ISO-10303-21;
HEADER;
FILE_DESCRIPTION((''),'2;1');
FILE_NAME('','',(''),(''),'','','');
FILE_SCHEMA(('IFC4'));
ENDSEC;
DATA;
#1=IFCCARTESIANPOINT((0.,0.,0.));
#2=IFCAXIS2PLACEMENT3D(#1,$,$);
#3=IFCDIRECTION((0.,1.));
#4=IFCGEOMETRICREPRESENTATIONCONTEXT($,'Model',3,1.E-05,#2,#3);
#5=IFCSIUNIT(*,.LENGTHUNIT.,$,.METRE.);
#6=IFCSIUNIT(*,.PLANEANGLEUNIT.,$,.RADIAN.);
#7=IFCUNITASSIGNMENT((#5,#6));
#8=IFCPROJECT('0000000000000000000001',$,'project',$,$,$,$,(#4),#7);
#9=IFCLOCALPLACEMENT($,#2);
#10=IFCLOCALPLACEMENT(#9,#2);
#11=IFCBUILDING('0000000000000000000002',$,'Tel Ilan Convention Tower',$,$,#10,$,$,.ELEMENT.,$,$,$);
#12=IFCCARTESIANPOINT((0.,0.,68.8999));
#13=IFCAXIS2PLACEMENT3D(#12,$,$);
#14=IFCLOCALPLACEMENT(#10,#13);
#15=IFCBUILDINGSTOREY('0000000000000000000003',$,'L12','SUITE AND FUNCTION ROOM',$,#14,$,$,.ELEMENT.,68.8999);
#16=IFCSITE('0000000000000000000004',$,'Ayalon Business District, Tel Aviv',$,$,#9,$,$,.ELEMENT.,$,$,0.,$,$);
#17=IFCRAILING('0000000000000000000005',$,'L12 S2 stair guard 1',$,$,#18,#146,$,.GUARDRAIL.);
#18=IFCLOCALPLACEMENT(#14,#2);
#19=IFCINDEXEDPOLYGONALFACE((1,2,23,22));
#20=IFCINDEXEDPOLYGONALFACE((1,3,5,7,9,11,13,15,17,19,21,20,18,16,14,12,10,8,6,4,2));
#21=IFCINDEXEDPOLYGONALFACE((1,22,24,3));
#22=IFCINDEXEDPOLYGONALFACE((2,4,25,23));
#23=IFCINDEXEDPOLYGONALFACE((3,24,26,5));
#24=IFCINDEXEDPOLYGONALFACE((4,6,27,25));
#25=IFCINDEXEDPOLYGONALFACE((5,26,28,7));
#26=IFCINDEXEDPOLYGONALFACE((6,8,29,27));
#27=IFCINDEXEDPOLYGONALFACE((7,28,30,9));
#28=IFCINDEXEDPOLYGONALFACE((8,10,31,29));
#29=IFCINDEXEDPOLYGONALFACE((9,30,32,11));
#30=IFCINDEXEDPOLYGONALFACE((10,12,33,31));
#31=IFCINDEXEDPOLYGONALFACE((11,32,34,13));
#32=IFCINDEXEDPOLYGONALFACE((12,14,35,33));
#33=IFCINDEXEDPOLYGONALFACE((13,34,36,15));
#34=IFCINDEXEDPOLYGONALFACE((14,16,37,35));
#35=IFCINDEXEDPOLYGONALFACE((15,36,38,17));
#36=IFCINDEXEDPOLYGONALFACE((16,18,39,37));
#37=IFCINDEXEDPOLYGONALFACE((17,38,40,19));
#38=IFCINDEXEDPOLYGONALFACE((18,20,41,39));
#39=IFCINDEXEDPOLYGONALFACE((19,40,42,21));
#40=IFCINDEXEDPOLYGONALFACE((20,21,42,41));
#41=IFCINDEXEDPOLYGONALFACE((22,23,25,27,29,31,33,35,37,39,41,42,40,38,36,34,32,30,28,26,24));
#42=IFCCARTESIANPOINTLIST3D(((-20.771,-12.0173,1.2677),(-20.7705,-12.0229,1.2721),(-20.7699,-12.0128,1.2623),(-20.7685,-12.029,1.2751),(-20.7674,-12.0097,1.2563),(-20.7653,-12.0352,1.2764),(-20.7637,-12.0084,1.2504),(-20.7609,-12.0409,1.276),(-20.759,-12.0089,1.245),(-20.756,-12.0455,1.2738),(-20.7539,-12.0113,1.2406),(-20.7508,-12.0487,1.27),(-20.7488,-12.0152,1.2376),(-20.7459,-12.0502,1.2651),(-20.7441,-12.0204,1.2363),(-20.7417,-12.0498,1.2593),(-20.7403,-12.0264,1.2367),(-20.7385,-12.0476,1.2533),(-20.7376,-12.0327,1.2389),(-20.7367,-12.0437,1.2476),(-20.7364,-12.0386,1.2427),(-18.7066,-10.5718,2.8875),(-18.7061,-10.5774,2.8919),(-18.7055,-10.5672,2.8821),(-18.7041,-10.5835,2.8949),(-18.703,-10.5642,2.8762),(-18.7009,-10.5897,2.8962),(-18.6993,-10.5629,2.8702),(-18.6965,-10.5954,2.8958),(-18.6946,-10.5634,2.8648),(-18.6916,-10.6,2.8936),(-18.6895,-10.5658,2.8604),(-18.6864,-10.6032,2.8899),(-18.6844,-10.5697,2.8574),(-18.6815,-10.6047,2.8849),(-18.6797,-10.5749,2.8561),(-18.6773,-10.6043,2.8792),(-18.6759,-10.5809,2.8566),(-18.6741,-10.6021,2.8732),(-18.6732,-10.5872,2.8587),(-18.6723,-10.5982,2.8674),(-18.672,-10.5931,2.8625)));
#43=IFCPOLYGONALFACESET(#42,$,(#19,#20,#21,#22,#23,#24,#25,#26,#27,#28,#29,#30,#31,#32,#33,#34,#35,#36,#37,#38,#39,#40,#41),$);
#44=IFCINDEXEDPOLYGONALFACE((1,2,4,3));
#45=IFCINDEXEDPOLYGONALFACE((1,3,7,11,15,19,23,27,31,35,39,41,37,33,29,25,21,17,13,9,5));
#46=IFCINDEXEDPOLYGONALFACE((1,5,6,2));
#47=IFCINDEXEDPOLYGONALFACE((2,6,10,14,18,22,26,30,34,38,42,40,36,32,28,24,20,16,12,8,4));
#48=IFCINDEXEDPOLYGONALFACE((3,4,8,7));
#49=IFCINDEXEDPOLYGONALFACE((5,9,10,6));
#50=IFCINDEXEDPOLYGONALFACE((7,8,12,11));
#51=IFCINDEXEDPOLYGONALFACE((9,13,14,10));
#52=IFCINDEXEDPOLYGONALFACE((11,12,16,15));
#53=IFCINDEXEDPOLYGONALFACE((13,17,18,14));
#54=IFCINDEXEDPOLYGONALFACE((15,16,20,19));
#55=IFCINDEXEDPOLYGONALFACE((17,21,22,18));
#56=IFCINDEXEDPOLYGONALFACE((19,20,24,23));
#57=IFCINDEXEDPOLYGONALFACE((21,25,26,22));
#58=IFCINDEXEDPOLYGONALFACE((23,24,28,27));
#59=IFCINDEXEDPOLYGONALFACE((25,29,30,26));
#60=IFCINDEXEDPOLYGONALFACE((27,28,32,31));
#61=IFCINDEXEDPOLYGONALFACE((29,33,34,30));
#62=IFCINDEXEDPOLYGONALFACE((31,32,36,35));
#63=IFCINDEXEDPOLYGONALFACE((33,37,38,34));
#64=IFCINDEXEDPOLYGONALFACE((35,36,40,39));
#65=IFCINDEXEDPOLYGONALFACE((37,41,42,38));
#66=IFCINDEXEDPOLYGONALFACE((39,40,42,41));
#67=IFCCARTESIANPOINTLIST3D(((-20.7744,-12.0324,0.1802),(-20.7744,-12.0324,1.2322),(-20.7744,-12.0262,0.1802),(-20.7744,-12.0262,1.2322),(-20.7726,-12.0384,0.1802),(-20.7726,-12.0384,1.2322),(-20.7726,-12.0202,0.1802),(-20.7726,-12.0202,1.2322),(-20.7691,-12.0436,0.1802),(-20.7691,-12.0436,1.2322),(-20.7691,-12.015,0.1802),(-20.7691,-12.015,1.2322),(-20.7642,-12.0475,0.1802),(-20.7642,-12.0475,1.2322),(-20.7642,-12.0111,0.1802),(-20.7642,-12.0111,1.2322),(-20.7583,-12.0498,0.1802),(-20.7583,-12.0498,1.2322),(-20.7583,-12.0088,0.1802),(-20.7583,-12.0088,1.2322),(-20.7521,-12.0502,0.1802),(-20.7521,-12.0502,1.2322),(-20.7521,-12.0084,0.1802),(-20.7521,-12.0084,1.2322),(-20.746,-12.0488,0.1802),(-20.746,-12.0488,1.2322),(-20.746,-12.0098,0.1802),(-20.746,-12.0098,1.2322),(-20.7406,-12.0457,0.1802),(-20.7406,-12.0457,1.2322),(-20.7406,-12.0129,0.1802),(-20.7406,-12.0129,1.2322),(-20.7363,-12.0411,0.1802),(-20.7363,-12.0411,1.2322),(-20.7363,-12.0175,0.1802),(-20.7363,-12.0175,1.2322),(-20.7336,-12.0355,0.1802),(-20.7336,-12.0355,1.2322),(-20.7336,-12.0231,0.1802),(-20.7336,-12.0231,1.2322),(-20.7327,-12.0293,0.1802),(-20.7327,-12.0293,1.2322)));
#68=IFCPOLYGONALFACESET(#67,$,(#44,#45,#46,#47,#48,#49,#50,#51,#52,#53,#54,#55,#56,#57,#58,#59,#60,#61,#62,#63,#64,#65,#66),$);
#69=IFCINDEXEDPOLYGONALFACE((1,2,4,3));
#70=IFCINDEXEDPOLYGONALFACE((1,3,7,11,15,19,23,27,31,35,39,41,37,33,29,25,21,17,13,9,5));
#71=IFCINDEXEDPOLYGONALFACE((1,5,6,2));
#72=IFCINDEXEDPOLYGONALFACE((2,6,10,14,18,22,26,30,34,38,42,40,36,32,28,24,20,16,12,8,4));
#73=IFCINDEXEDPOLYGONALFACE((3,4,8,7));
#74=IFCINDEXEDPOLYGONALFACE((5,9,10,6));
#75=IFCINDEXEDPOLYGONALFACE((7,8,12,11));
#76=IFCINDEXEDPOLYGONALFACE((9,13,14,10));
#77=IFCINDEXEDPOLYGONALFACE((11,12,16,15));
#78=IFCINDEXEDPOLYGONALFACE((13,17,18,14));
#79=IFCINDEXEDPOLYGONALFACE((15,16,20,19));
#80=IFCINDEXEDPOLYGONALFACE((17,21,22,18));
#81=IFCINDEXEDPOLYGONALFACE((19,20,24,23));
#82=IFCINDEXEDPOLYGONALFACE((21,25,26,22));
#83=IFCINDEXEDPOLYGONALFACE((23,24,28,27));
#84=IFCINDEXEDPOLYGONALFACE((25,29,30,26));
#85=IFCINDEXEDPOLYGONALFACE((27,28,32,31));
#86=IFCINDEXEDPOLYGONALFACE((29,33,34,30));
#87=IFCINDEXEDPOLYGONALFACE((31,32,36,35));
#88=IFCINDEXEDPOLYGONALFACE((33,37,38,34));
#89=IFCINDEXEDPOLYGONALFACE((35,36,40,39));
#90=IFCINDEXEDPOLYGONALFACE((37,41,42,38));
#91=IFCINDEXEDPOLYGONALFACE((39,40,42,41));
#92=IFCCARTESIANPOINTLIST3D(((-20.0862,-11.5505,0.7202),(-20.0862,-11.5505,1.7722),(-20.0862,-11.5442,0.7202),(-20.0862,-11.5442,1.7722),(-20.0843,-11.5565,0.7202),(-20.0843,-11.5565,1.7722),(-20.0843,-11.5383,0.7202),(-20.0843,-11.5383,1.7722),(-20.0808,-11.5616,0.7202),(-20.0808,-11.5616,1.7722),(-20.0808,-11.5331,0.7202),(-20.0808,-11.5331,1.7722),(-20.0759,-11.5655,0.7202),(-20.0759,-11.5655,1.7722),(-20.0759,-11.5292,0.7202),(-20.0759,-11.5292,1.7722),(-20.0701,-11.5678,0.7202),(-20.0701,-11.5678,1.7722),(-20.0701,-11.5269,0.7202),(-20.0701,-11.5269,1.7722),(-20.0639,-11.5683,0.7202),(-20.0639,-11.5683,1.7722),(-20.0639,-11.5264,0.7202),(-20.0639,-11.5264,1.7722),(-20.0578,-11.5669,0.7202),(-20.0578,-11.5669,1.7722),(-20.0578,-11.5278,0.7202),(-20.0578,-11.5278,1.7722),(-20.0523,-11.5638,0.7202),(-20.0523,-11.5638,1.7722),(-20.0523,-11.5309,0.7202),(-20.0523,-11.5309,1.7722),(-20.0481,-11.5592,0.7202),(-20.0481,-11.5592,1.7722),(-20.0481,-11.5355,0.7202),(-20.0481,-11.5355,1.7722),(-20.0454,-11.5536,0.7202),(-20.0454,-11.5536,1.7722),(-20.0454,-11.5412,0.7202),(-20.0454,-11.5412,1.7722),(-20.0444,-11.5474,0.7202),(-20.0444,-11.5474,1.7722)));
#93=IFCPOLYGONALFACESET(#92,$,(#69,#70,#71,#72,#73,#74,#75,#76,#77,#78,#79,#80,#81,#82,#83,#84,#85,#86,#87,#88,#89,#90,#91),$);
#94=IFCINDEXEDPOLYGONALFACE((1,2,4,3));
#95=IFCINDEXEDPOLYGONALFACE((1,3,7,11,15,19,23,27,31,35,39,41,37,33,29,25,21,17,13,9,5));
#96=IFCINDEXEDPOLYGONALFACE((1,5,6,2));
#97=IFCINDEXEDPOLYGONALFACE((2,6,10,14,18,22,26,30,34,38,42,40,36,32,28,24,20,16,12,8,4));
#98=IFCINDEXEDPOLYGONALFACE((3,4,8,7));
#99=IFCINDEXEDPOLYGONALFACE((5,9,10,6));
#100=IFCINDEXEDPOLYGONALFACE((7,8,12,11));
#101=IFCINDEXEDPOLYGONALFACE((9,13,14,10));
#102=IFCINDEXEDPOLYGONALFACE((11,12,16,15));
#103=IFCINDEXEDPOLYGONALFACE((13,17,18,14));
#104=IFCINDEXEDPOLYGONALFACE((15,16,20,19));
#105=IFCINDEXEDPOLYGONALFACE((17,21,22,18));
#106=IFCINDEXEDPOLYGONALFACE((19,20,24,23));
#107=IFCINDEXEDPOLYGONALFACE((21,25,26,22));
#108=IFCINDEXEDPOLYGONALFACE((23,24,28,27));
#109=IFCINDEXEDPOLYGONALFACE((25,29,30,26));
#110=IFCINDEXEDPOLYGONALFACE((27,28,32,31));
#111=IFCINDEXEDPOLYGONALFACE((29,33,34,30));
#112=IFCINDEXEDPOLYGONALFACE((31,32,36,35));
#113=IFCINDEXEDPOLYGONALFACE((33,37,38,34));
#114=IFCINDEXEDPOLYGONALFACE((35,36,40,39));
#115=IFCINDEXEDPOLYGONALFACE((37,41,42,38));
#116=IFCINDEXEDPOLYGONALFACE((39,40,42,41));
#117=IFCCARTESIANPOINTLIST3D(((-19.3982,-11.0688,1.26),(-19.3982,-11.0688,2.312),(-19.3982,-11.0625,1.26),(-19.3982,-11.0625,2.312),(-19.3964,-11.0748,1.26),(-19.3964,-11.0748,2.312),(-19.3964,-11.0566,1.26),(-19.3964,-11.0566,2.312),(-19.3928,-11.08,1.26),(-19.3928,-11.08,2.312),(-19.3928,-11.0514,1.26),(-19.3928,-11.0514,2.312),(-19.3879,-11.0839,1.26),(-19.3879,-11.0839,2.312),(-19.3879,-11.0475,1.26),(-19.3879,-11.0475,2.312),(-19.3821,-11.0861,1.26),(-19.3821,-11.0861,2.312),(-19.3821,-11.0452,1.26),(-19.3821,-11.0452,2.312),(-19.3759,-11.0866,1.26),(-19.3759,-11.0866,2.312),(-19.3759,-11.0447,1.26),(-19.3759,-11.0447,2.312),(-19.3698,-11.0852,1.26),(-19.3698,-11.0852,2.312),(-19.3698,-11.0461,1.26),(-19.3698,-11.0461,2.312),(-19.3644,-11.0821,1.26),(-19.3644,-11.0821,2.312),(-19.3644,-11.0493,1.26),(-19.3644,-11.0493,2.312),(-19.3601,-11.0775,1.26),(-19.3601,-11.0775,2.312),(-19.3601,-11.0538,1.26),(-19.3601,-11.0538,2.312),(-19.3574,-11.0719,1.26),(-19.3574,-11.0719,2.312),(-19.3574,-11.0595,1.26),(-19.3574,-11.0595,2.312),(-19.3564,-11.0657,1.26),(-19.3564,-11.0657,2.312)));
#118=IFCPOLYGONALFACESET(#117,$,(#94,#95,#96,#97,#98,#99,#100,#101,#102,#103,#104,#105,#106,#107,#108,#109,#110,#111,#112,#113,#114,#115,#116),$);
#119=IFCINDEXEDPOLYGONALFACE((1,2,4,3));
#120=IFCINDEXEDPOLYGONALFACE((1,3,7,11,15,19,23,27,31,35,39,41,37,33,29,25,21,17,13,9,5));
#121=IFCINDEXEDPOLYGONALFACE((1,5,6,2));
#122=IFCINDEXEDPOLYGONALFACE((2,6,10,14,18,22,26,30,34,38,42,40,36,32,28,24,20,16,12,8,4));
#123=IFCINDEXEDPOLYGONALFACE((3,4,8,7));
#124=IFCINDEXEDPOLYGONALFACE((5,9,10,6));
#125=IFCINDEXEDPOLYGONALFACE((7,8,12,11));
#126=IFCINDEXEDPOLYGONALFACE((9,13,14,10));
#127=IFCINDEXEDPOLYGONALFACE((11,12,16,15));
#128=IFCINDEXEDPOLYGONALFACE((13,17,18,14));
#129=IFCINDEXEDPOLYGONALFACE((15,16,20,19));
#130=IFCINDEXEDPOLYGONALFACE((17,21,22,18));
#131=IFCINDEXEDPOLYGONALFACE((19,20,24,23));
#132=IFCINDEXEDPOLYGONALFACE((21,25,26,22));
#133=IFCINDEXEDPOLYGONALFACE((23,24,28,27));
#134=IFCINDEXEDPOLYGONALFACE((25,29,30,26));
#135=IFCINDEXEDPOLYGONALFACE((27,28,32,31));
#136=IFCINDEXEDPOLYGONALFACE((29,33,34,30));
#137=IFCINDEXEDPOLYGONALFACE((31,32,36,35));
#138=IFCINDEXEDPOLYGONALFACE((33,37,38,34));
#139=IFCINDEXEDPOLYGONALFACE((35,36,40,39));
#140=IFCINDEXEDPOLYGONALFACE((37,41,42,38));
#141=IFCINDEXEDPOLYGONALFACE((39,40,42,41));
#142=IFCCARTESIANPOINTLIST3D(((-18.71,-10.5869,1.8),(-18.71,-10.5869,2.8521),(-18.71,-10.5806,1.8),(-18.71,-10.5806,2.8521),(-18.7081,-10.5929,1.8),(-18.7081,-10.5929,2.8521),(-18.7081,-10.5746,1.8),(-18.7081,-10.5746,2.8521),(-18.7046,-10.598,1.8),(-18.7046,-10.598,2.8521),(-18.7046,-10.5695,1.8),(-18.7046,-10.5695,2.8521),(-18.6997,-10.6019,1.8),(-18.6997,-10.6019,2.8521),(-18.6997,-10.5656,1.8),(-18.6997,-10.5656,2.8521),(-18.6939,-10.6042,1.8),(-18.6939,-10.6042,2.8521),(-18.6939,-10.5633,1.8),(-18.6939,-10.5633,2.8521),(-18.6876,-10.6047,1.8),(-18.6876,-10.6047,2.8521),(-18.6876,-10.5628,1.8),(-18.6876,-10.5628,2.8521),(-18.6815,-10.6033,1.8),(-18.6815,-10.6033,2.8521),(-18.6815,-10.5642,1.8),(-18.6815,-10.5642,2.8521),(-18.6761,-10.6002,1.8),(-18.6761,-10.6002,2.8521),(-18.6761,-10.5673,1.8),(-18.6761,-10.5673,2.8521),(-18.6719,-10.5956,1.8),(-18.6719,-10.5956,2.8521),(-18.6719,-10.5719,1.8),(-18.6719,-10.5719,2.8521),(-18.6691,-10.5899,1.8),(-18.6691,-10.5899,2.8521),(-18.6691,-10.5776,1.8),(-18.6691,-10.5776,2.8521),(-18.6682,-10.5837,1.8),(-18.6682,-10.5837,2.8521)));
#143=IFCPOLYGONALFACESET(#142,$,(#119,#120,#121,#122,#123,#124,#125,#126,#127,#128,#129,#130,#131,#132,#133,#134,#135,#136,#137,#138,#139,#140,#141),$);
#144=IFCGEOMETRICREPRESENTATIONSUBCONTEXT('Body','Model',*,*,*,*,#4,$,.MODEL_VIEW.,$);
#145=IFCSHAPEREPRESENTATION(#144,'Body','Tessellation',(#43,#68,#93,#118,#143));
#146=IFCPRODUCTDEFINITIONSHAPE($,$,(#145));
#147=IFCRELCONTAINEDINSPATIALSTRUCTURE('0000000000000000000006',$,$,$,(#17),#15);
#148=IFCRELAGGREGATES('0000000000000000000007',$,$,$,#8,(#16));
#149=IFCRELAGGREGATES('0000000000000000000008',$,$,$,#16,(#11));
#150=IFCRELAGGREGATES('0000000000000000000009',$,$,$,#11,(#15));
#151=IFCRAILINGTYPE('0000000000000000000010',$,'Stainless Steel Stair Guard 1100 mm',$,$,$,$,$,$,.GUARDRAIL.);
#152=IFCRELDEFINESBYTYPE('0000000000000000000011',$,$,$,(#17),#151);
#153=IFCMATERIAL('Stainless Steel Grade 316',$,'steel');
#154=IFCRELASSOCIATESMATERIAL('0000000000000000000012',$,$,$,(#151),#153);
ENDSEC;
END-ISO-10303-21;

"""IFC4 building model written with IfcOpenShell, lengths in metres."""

from ifc_helpers import new_model, si_unit, direction, frame, origin, origin_2d, place, context, subcontext, project, spatial, circle, extrude, material, type_object, element, save


model = new_model("IFC4")

# Units and contexts
model_context = context("Model", 3, precision=1e-05, world=origin(), true_north=direction((0.0, 1.0)))
body_context = subcontext(model_context, "Body", "Model", "MODEL_VIEW")
ifc_project = project(units=[si_unit("LENGTHUNIT", "METRE"), si_unit("PLANEANGLEUNIT", "RADIAN")], contexts=[model_context])

# Site, building, storey
site_placement = place(None, origin())
site = spatial("IfcSite", under=ifc_project, at=site_placement, Name="Ayalon Business District, Tel Aviv", CompositionType="ELEMENT", RefElevation=0.0)
building_placement = place(site_placement, origin())
building = spatial("IfcBuilding", under=site, at=building_placement, Name="Tel Ilan Convention Tower", CompositionType="ELEMENT")
storey_placement = place(building_placement, frame((0.0, 0.0, 68.8999)))
storey = spatial("IfcBuildingStorey", under=building, at=storey_placement, Name="L12", Description="SUITE AND FUNCTION ROOM", CompositionType="ELEMENT", Elevation=68.8999)

# Railing
ifc_material_1 = material(Name="Stainless Steel Grade 316", Category="steel")
railing_type_1 = type_object("IfcRailingType", Name="Stainless Steel Stair Guard 1100 mm", PredefinedType="GUARDRAIL", material=ifc_material_1)
railing_1_placement = place(storey_placement, frame((-20.7537, -12.0293, 0.1802)))
element("IfcRailing", 1, at=railing_1_placement, inside=storey, type_object=railing_type_1, Name="L12 S2 stair guard 1", PredefinedType="GUARDRAIL", context=body_context, shape_type="SweptSolid", body=[
    extrude(circle(Radius=0.0239, at=origin_2d()), frame((0.0, 0.0, 1.0762), z_axis=(0.689086, 0.482507, 0.540691), x_axis=(-0.573579, 0.81915, 0.0)), (0.0, 0.0, 1.0), 2.9958),
    extrude(circle(Radius=0.021, at=origin_2d()), origin(), (0.0, 0.0, 1.0), 1.052),
    extrude(circle(Radius=0.021, at=origin_2d()), frame((0.6882, 0.4819, 0.54)), (0.0, 0.0, 1.0), 1.052),
    extrude(circle(Radius=0.021, at=origin_2d()), frame((1.3762, 0.9636, 1.0798)), (0.0, 0.0, 1.0), 1.052),
    extrude(circle(Radius=0.021, at=origin_2d()), frame((2.0645, 1.4456, 1.6199)), (0.0, 0.0, 1.0), 1.052),
])

save(model, "model.ifc")
